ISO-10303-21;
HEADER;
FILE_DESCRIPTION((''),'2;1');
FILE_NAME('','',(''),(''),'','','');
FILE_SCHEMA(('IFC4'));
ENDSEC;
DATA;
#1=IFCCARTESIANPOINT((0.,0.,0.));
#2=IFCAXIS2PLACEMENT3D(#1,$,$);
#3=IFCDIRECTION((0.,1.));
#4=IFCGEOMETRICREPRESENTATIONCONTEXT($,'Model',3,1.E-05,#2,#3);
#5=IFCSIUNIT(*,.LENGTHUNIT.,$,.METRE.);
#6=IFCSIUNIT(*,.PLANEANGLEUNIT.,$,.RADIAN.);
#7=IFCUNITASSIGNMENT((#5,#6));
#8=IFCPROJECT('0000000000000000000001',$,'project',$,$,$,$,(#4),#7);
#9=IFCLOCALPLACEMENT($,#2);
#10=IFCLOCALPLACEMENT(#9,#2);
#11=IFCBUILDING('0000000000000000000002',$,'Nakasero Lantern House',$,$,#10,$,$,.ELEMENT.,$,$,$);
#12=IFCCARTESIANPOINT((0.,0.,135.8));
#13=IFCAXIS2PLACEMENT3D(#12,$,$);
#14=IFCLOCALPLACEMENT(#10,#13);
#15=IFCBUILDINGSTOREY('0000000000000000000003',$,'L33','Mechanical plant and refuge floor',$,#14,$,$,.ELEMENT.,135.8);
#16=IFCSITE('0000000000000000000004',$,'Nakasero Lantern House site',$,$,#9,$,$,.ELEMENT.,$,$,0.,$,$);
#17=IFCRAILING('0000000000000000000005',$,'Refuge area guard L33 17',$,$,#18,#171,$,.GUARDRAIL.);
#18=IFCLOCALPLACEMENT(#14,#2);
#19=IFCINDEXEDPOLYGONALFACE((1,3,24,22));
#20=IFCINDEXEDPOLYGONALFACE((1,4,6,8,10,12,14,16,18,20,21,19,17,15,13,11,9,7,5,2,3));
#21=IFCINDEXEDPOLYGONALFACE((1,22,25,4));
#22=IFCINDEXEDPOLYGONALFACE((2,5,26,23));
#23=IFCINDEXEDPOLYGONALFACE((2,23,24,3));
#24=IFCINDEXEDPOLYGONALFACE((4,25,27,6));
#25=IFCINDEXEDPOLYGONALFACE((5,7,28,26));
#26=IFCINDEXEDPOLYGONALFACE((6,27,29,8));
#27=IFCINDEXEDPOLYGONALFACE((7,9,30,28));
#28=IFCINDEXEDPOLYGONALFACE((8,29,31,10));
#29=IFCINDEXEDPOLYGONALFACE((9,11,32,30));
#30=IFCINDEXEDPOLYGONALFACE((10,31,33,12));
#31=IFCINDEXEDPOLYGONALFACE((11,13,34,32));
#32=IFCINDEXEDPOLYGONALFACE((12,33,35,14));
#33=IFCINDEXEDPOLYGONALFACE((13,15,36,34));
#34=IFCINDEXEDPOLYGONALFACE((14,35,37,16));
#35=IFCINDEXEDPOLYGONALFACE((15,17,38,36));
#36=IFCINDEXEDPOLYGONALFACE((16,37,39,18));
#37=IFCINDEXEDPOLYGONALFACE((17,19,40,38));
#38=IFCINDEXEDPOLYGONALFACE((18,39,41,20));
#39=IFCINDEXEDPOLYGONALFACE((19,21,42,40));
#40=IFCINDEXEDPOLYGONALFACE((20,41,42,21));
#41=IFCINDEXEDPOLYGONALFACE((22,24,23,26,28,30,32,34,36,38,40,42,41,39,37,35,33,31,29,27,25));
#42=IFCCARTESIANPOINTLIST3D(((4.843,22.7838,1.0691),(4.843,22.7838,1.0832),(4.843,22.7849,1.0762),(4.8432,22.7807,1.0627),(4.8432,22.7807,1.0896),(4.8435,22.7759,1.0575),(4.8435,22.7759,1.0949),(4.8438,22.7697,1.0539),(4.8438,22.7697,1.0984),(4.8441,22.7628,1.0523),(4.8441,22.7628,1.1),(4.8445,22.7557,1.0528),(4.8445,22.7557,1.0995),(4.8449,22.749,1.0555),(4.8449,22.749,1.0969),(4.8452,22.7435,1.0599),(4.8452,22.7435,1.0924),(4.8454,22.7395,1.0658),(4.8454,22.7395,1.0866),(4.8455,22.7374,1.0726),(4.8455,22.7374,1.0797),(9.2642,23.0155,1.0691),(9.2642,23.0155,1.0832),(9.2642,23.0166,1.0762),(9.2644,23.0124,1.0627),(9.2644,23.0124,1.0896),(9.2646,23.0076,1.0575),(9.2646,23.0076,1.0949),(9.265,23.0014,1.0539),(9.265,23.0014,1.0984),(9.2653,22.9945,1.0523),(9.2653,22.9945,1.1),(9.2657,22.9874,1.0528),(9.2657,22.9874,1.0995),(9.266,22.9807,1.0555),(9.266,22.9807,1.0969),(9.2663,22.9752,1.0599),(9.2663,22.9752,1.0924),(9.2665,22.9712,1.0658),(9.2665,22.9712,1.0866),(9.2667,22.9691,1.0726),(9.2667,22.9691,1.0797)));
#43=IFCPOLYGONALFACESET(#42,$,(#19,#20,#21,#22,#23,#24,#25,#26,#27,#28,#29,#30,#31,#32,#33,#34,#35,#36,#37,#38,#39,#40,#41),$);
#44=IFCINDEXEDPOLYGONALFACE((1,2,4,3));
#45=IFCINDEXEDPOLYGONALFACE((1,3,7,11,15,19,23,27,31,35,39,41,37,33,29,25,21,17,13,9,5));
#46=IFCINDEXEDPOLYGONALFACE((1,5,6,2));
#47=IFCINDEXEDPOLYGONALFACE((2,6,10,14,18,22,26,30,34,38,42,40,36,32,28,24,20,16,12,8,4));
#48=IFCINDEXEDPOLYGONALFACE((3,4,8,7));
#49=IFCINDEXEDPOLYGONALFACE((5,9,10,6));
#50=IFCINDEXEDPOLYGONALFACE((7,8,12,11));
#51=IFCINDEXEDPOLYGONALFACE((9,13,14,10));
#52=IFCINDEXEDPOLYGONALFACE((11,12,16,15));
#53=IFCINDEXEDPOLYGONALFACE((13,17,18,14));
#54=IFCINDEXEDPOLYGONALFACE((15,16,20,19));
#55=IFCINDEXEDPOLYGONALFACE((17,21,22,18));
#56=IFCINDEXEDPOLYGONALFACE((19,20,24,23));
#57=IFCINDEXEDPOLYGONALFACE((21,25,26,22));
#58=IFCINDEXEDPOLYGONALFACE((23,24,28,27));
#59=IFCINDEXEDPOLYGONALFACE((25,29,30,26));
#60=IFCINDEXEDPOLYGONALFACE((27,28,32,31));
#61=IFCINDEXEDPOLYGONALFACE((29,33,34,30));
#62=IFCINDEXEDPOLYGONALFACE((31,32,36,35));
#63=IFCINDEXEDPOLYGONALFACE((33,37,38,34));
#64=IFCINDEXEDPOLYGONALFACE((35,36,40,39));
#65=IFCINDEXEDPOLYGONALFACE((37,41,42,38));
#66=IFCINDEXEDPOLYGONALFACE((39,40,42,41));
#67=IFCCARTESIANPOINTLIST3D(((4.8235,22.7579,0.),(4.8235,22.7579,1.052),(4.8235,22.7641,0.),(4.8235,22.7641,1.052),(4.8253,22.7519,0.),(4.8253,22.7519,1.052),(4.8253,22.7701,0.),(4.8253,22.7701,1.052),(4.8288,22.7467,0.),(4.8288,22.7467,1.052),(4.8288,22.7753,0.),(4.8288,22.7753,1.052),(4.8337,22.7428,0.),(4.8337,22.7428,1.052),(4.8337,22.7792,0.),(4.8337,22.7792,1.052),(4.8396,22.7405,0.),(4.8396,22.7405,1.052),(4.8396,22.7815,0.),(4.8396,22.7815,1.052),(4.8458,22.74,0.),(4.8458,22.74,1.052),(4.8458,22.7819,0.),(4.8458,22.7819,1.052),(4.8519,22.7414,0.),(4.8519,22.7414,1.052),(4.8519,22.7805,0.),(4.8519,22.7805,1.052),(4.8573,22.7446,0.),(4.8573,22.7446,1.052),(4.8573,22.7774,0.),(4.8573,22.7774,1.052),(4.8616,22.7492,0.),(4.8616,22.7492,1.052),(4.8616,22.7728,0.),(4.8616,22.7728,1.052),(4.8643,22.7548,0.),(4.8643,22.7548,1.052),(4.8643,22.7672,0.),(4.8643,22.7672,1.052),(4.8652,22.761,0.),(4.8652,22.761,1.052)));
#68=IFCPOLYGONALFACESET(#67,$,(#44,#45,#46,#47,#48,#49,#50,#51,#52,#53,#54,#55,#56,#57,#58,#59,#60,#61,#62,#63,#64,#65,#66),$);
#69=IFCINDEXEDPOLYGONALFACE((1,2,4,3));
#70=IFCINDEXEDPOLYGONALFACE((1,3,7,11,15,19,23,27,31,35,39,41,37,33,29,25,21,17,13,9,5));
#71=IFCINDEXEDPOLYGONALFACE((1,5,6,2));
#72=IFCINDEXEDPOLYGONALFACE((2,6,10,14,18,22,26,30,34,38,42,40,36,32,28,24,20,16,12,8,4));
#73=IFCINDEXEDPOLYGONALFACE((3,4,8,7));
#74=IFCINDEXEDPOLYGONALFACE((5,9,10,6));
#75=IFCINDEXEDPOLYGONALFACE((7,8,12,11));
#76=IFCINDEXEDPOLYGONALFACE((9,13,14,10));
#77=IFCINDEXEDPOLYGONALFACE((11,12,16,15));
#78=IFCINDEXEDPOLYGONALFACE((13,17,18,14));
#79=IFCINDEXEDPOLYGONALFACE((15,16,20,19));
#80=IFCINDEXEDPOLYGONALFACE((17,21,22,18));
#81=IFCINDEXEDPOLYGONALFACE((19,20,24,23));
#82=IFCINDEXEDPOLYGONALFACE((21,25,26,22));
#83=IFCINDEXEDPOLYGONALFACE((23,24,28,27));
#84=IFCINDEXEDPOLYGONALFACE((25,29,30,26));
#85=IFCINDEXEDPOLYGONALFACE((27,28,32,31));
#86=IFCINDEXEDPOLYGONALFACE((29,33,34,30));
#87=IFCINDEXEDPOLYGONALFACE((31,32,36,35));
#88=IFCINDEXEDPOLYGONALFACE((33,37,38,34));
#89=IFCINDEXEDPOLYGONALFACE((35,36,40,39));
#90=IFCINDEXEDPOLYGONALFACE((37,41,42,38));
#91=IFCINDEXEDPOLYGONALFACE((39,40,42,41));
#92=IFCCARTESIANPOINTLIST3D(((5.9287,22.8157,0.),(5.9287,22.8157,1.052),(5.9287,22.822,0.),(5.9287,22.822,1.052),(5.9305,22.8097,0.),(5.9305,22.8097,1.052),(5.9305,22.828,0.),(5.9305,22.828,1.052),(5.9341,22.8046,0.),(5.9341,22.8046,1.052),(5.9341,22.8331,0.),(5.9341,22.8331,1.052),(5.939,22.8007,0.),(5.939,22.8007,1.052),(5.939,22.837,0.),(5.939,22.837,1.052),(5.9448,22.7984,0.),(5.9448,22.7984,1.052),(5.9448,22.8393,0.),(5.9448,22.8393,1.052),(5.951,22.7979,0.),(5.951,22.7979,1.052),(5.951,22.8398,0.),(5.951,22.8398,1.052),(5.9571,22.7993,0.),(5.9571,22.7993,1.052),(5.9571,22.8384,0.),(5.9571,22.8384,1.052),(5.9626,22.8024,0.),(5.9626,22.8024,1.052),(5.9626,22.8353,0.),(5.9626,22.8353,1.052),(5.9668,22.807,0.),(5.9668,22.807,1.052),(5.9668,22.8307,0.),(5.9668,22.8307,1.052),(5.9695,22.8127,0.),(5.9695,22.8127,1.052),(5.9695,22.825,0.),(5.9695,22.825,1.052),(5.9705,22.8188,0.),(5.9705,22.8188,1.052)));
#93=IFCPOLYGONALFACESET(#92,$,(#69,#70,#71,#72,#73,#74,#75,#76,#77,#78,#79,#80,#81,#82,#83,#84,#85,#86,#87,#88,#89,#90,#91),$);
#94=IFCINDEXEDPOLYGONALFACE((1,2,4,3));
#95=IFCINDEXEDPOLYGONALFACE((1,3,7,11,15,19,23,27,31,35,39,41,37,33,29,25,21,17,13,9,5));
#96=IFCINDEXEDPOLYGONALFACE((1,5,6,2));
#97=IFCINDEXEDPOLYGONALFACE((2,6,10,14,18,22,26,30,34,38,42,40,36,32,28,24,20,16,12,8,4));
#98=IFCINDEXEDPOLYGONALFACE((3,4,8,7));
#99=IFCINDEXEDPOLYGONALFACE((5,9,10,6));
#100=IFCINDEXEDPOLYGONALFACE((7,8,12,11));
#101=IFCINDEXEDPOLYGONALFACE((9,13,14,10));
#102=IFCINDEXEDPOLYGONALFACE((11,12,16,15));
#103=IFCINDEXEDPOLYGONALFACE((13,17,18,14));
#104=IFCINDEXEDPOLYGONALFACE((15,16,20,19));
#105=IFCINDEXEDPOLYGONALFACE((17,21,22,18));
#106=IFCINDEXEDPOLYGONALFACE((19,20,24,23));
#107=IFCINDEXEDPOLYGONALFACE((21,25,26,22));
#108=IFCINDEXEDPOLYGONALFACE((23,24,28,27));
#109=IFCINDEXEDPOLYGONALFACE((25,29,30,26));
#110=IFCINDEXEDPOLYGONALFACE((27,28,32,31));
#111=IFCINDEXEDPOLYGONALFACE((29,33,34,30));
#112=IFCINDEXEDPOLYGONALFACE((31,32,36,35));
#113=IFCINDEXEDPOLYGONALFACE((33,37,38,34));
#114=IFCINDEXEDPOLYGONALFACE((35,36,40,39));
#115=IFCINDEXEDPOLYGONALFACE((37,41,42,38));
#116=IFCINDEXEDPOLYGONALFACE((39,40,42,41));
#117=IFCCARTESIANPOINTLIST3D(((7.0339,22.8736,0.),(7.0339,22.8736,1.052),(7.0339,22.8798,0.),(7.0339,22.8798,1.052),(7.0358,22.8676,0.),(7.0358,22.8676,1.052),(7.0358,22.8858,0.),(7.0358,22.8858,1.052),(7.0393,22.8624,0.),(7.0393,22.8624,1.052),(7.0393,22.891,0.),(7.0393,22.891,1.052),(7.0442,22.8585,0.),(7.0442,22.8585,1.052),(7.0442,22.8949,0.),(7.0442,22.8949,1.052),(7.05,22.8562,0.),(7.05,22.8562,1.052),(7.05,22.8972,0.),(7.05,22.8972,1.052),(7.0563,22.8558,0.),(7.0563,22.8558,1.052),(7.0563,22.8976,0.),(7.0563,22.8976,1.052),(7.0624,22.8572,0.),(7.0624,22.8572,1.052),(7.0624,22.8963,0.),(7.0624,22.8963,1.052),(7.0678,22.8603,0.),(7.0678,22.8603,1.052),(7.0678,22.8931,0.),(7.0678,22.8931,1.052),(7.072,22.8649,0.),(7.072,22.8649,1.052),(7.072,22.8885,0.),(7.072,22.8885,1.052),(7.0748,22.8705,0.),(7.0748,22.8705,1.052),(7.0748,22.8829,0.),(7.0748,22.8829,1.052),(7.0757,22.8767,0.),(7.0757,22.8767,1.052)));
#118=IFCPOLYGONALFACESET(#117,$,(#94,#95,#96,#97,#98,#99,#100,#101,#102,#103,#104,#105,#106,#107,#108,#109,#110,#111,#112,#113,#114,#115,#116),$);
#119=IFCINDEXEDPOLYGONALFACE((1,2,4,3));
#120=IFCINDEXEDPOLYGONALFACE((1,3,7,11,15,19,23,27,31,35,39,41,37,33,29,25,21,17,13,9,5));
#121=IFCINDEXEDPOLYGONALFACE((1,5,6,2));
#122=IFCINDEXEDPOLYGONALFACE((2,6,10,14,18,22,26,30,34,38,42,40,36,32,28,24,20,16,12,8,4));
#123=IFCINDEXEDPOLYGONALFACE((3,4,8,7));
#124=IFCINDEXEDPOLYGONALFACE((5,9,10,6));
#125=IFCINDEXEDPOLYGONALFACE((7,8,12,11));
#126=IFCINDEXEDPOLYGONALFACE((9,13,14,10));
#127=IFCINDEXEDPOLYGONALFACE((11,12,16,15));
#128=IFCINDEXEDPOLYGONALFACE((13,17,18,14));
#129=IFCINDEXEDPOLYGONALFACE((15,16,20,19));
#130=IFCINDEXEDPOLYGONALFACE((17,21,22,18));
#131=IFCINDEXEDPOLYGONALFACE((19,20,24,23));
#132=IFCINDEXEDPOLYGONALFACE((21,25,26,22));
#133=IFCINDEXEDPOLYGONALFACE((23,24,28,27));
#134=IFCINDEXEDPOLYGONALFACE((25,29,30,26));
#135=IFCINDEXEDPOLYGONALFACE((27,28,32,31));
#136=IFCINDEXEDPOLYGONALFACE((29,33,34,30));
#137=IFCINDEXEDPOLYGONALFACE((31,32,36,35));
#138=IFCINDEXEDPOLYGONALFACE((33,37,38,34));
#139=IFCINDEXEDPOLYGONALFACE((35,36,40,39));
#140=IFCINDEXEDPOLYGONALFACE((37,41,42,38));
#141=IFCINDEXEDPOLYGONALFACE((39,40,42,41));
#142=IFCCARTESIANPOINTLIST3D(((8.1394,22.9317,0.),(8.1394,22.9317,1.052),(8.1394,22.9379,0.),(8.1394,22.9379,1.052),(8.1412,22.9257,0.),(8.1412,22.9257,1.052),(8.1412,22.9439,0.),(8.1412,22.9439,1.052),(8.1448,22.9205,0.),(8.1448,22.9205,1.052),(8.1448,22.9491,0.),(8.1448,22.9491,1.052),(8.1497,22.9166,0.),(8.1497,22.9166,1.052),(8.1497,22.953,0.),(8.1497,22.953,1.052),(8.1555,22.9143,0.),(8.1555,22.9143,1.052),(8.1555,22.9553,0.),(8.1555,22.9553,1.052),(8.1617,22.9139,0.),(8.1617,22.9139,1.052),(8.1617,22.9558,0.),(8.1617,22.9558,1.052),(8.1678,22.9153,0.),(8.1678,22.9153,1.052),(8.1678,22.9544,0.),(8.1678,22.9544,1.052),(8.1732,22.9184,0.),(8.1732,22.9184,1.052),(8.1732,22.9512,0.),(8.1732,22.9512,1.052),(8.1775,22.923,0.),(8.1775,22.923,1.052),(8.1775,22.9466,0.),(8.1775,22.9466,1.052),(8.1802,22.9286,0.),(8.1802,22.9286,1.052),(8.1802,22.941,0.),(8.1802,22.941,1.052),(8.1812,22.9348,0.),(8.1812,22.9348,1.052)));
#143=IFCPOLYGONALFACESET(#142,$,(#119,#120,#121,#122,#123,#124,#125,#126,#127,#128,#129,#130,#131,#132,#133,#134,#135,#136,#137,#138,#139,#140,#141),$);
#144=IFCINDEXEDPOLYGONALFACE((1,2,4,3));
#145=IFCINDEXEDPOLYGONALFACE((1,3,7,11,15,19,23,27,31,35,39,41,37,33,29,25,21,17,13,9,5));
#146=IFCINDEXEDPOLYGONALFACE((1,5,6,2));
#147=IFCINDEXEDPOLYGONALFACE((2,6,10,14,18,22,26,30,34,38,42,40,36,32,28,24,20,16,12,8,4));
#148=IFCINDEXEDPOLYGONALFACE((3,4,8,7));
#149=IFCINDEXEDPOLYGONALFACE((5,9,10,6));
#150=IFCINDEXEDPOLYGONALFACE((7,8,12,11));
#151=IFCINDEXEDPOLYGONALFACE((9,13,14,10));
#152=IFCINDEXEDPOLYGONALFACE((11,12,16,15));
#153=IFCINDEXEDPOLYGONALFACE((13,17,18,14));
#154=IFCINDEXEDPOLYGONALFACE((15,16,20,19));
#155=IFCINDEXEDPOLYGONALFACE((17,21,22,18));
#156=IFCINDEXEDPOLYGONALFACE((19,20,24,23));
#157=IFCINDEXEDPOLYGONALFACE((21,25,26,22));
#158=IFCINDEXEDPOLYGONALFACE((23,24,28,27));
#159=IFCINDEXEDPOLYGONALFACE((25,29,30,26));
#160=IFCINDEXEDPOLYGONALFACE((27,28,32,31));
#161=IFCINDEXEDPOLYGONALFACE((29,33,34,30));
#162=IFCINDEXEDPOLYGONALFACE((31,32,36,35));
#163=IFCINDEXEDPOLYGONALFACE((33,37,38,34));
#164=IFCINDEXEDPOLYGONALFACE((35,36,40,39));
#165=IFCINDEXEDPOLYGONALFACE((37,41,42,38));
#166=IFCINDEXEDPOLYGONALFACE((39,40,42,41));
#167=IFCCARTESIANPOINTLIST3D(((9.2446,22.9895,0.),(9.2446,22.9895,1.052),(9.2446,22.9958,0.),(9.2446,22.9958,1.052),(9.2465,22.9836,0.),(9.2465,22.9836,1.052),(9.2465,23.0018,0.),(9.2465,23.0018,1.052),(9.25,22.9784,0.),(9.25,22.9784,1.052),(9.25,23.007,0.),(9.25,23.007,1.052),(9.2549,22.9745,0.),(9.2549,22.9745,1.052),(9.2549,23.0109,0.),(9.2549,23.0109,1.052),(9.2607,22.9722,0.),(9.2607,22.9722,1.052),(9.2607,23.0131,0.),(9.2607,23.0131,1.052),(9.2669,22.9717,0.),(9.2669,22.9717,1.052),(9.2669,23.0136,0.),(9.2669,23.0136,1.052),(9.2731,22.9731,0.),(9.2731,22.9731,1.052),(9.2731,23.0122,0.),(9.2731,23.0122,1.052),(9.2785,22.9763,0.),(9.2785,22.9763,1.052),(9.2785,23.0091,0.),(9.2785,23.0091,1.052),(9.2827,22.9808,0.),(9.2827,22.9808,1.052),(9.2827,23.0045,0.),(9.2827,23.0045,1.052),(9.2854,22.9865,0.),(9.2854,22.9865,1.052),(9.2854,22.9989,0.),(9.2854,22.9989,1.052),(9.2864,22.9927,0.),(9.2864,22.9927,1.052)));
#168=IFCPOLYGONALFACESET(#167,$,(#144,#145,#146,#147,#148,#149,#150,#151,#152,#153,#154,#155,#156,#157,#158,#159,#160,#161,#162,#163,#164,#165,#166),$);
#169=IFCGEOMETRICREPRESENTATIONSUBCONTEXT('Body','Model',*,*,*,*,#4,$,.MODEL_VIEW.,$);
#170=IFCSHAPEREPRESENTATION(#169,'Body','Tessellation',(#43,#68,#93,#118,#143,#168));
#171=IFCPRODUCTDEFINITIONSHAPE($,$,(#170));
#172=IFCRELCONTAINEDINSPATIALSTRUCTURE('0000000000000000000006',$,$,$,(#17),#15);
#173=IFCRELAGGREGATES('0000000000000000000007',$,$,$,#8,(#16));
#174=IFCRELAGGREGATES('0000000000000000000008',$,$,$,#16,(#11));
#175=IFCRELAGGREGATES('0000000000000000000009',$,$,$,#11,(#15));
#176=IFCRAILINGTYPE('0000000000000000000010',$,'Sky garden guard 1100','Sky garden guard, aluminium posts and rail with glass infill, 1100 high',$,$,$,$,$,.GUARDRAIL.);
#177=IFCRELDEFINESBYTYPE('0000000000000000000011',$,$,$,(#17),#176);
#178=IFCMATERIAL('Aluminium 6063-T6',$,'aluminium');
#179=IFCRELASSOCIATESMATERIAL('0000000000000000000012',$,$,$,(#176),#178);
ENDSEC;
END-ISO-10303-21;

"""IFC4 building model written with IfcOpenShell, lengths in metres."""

from ifc_helpers import new_model, si_unit, direction, frame, origin, origin_2d, place, context, subcontext, project, spatial, circle, extrude, material, type_object, element, save


model = new_model("IFC4")

# Units and contexts
model_context = context("Model", 3, precision=1e-05, world=origin(), true_north=direction((0.0, 1.0)))
body_context = subcontext(model_context, "Body", "Model", "MODEL_VIEW")
ifc_project = project(units=[si_unit("LENGTHUNIT", "METRE"), si_unit("PLANEANGLEUNIT", "RADIAN")], contexts=[model_context])

# Site, building, storey
site_placement = place(None, origin())
site = spatial("IfcSite", under=ifc_project, at=site_placement, Name="Nakasero Lantern House site", CompositionType="ELEMENT", RefElevation=0.0)
building_placement = place(site_placement, origin())
building = spatial("IfcBuilding", under=site, at=building_placement, Name="Nakasero Lantern House", CompositionType="ELEMENT")
storey_placement = place(building_placement, frame((0.0, 0.0, 135.8)))
storey = spatial("IfcBuildingStorey", under=building, at=storey_placement, Name="L33", Description="Mechanical plant and refuge floor", CompositionType="ELEMENT", Elevation=135.8)

# Railing
ifc_material_1 = material(Name="Aluminium 6063-T6", Category="aluminium")
railing_type = type_object("IfcRailingType", Name="Sky garden guard 1100", Description="Sky garden guard, aluminium posts and rail with glass infill, 1100 high", PredefinedType="GUARDRAIL", material=ifc_material_1)
railing_1_placement = place(storey_placement, frame((4.8442, 22.761, 0.0)))
element("IfcRailing", 1, at=railing_1_placement, inside=storey, type_object=railing_type, Name="Refuge area guard L33 17", PredefinedType="GUARDRAIL", context=body_context, shape_type="SweptSolid", body=[
    extrude(circle(Radius=0.0239, at=origin_2d()), frame((0.0, 0.0, 1.0762), z_axis=(0.99863, 0.052333, 0.0), x_axis=(-0.052333, 0.99863, 0.0)), (0.0, 0.0, 1.0), 4.4272),
    extrude(circle(Radius=0.021, at=origin_2d()), origin(), (0.0, 0.0, 1.0), 1.052),
    extrude(circle(Radius=0.021, at=origin_2d()), frame((1.1052, 0.0579, 0.0)), (0.0, 0.0, 1.0), 1.052),
    extrude(circle(Radius=0.021, at=origin_2d()), frame((2.2104, 0.1157, 0.0)), (0.0, 0.0, 1.0), 1.052),
    extrude(circle(Radius=0.021, at=origin_2d()), frame((3.3159, 0.1738, 0.0)), (0.0, 0.0, 1.0), 1.052),
    extrude(circle(Radius=0.021, at=origin_2d()), frame((4.4211, 0.2317, 0.0)), (0.0, 0.0, 1.0), 1.052),
])

save(model, "model.ifc")
